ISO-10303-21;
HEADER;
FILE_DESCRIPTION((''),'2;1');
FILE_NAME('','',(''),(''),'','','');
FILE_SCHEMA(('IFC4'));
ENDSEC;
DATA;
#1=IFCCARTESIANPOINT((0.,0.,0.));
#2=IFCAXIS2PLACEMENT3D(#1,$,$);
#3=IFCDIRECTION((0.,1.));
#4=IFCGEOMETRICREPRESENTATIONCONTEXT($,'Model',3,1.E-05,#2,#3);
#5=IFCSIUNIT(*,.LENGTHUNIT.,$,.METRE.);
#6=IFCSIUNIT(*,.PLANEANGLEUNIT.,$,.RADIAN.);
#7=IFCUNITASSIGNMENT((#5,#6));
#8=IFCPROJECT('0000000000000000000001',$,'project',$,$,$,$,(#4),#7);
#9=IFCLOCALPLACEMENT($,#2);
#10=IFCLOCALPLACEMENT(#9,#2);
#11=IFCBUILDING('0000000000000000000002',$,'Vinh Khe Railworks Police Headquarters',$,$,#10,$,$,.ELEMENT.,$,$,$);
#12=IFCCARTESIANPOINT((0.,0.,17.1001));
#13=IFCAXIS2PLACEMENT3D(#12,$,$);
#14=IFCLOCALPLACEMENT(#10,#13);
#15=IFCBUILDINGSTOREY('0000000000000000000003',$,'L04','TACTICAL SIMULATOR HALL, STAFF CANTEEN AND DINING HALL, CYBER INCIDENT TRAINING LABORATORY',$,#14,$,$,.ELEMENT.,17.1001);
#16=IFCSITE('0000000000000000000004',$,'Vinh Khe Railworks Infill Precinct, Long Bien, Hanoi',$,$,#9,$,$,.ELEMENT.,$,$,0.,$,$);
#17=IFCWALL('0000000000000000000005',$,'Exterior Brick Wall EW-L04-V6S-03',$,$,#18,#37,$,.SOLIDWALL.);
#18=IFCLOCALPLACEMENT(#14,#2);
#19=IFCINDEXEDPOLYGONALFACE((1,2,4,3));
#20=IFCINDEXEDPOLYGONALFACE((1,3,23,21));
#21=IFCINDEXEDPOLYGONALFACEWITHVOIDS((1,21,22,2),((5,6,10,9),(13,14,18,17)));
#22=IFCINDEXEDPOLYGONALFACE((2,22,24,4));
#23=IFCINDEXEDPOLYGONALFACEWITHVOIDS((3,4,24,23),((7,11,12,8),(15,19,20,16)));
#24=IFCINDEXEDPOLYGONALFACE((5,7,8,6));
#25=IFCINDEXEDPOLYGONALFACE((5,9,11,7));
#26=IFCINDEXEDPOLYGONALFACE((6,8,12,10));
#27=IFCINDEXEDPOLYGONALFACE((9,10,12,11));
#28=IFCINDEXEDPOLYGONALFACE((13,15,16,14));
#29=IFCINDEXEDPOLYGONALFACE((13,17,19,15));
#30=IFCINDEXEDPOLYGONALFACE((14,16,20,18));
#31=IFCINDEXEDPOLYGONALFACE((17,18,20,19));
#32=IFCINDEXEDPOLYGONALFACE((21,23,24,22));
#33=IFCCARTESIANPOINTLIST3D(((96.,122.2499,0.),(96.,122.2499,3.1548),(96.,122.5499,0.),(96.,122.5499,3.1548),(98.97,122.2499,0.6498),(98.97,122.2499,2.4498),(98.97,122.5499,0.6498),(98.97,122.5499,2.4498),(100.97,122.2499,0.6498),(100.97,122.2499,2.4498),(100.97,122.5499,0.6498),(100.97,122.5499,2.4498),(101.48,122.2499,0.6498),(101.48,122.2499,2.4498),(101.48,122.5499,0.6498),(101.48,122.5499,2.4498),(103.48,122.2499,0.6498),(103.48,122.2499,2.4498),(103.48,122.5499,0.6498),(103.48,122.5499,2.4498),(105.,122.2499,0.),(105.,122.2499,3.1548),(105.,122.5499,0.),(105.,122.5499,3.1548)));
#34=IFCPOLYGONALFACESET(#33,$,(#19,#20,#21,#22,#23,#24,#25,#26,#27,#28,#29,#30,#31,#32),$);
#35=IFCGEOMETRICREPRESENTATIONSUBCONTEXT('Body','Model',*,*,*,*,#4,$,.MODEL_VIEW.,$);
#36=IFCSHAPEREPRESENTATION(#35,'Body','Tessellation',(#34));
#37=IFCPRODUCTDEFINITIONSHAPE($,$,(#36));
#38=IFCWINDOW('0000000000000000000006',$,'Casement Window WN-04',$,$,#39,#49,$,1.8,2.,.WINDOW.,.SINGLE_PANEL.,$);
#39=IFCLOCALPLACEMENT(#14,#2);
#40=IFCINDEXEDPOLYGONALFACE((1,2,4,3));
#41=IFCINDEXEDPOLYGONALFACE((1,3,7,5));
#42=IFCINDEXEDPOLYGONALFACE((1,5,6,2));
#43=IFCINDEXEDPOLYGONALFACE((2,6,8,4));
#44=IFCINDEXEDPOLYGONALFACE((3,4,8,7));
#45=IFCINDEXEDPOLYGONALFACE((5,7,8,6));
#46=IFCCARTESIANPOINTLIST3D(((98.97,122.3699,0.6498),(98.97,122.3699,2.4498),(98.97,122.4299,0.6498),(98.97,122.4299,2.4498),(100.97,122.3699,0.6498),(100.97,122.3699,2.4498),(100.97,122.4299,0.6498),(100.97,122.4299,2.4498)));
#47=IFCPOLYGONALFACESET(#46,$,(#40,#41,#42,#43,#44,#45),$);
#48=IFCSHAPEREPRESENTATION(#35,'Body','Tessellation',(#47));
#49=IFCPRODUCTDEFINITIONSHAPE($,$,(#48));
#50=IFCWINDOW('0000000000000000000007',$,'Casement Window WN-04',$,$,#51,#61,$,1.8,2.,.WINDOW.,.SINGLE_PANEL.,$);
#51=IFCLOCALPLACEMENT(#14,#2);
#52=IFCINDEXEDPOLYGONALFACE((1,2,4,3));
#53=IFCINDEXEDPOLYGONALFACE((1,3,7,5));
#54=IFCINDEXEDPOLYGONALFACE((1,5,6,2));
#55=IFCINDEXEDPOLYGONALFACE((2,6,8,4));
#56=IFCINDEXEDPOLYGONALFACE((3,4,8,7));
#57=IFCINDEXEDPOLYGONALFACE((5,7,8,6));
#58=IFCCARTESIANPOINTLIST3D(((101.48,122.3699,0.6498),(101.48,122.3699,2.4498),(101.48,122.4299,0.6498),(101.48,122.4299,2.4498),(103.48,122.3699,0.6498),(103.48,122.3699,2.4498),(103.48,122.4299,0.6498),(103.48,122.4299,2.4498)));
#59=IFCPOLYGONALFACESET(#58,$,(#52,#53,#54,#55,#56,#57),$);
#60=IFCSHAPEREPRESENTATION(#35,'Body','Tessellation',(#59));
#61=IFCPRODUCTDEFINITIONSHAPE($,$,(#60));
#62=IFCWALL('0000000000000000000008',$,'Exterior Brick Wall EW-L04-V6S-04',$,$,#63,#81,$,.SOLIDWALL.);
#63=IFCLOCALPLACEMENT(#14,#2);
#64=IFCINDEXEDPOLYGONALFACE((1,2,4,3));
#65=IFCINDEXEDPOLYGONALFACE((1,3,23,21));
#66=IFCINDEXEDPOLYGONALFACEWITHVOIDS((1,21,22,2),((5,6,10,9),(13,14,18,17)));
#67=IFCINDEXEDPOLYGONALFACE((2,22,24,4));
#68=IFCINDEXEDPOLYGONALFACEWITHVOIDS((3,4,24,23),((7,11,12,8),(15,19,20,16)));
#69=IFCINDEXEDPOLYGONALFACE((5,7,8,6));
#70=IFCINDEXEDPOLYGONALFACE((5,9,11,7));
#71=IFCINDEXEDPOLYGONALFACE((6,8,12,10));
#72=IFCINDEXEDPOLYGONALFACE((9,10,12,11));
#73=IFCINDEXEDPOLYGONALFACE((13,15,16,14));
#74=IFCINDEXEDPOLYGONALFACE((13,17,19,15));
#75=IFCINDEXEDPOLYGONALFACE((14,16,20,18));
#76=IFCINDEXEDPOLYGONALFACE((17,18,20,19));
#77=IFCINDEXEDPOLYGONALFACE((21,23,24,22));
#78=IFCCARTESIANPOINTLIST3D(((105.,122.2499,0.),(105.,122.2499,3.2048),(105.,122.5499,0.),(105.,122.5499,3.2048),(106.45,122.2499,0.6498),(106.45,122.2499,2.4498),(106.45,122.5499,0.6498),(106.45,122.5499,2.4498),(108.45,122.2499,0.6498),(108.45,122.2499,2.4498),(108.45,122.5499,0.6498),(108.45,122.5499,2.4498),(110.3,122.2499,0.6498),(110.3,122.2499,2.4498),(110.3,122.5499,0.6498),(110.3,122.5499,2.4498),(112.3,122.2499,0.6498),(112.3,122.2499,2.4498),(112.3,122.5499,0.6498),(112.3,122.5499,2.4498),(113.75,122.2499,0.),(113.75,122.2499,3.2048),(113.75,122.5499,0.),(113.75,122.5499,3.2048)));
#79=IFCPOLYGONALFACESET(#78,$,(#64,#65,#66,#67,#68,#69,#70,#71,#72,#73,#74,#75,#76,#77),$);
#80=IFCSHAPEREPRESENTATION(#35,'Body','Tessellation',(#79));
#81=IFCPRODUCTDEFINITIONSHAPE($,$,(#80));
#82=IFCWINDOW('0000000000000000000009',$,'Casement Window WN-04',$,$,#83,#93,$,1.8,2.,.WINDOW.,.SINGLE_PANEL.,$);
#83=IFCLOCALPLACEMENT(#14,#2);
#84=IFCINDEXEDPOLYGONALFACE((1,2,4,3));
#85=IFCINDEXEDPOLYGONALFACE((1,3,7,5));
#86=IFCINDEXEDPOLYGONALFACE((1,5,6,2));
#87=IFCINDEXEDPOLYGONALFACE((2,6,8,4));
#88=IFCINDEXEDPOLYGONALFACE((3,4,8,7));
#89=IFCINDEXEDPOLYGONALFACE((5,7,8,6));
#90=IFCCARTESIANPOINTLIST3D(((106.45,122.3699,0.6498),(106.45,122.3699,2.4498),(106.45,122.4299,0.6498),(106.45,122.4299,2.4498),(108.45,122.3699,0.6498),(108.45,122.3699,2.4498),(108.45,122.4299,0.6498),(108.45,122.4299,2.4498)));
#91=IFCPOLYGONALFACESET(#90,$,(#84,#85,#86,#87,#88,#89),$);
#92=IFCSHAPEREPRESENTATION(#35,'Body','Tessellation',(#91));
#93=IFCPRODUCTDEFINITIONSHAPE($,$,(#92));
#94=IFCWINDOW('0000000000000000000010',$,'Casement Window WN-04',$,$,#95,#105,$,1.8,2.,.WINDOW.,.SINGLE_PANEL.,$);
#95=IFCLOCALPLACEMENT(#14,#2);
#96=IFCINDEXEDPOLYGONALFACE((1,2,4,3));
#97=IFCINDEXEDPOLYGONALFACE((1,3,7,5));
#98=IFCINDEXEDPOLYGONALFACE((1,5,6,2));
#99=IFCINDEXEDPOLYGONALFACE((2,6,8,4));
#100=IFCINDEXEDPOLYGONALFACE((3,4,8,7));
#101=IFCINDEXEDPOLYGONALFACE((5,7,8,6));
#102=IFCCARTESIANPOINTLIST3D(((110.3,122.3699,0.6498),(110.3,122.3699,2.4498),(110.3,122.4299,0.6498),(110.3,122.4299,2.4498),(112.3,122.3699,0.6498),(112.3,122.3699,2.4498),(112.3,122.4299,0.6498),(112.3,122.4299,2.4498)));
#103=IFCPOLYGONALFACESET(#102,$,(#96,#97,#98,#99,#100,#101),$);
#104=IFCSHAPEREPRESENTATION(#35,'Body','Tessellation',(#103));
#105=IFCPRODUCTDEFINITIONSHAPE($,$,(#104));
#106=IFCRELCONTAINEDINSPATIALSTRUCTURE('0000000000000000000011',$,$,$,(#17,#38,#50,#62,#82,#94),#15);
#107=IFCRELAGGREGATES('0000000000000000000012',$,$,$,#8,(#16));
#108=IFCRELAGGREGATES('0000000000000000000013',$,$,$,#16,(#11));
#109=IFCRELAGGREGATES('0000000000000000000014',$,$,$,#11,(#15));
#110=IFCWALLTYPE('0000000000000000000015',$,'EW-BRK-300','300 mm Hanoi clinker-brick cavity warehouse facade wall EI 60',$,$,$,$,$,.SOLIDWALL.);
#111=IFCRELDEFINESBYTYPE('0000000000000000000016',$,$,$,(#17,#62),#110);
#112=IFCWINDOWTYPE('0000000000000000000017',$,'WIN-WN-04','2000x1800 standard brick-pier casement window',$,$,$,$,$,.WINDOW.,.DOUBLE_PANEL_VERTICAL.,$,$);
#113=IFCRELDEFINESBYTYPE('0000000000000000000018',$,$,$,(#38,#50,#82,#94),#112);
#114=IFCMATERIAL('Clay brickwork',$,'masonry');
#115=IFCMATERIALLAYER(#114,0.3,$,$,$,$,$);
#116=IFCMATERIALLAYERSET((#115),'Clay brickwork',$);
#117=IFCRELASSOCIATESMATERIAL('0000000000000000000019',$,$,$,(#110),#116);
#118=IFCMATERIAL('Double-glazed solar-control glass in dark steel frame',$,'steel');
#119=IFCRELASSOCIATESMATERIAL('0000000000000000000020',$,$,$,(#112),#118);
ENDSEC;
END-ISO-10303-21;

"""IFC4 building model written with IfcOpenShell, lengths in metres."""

from ifc_helpers import new_model, si_unit, direction, frame, frame_2d, origin, place, context, subcontext, project, spatial, rectangle, extrude, material, layer, layer_set, type_object, element, fill, save


model = new_model("IFC4")

# Units and contexts
model_context = context("Model", 3, precision=1e-05, world=origin(), true_north=direction((0.0, 1.0)))
body_context = subcontext(model_context, "Body", "Model", "MODEL_VIEW")
ifc_project = project(units=[si_unit("LENGTHUNIT", "METRE"), si_unit("PLANEANGLEUNIT", "RADIAN")], contexts=[model_context])

# Site, building, storey
site_placement = place(None, origin())
site = spatial("IfcSite", under=ifc_project, at=site_placement, Name="Vinh Khe Railworks Infill Precinct, Long Bien, Hanoi", CompositionType="ELEMENT", RefElevation=0.0)
building_placement = place(site_placement, origin())
building = spatial("IfcBuilding", under=site, at=building_placement, Name="Vinh Khe Railworks Police Headquarters", CompositionType="ELEMENT")
storey_placement = place(building_placement, frame((0.0, 0.0, 17.1001)))
storey = spatial("IfcBuildingStorey", under=building, at=storey_placement, Name="L04", Description="TACTICAL SIMULATOR HALL, STAFF CANTEEN AND DINING HALL, CYBER INCIDENT TRAINING LABORATORY", CompositionType="ELEMENT", Elevation=17.1001)

# Walls, openings, windows
ifc_material_1 = material(Name="Clay brickwork", Category="masonry")
ifc_layer = layer(ifc_material_1, 0.3)
ifc_layer_set = layer_set([ifc_layer], Name="Clay brickwork")
wall_type = type_object("IfcWallType", Name="EW-BRK-300", Description="300 mm Hanoi clinker-brick cavity warehouse facade wall EI 60", PredefinedType="SOLIDWALL", material=ifc_layer_set)
ifc_material_2 = material(Name="Double-glazed solar-control glass in dark steel frame", Category="steel")
window_type = type_object("IfcWindowType", Name="WIN-WN-04", Description="2000x1800 standard brick-pier casement window", PartitioningType="DOUBLE_PANEL_VERTICAL", PredefinedType="WINDOW", material=ifc_material_2)
wall_1_placement = place(storey_placement, frame((96.0, 122.3999, 0.0), z_axis=(0.0, 0.0, 1.0), x_axis=(1.0, 0.0, 0.0)))
wall_1 = element("IfcWall", 1, at=wall_1_placement, inside=storey, type_object=wall_type, Name="Exterior Brick Wall EW-L04-V6S-03", PredefinedType="SOLIDWALL", context=body_context, shape_type="SweptSolid", body=[
    extrude(rectangle(XDim=9.0, YDim=0.3, at=frame_2d((4.5, 0.0))), origin(), (0.0, 0.0, 1.0), 3.1548),
])
opening_1_placement = place(wall_1_placement, frame((2.97, 0.0, 0.6499)))
opening_1 = element("IfcOpeningElement", 2, at=opening_1_placement, cuts=wall_1, PredefinedType="OPENING", context=body_context, shape_type="SweptSolid", body=[
    extrude(rectangle(XDim=2.0, YDim=1.8, at=frame_2d((1.0, 0.8999))), frame((0.0, 0.165, 0.0), z_axis=(0.0, -1.0, 0.0), x_axis=(1.0, 0.0, 0.0)), (0.0, 0.0, 1.0), 0.3298),
])
opening_2_placement = place(wall_1_placement, frame((5.48, 0.0, 0.6499)))
opening_2 = element("IfcOpeningElement", 3, at=opening_2_placement, cuts=wall_1, PredefinedType="OPENING", context=body_context, shape_type="SweptSolid", body=[
    extrude(rectangle(XDim=2.0, YDim=1.8, at=frame_2d((1.0, 0.8999))), frame((0.0, 0.165, 0.0), z_axis=(0.0, -1.0, 0.0), x_axis=(1.0, 0.0, 0.0)), (0.0, 0.0, 1.0), 0.3298),
])
window_1_placement = place(opening_1_placement, origin())
window_1 = element("IfcWindow", 4, at=window_1_placement, inside=storey, type_object=window_type, Name="Casement Window WN-04", OverallHeight=1.8, OverallWidth=2.0, PartitioningType="SINGLE_PANEL", PredefinedType="WINDOW", context=body_context, shape_type="SweptSolid", body=[
    extrude(rectangle(XDim=2.0, YDim=1.8, at=frame_2d((1.0, 0.8999))), frame((0.0, 0.03, 0.0), z_axis=(0.0, -1.0, 0.0), x_axis=(1.0, 0.0, 0.0)), (0.0, 0.0, 1.0), 0.0601),
])
fill(opening_1, window_1)
window_2_placement = place(opening_2_placement, origin())
window_2 = element("IfcWindow", 5, at=window_2_placement, inside=storey, type_object=window_type, Name="Casement Window WN-04", OverallHeight=1.8, OverallWidth=2.0, PartitioningType="SINGLE_PANEL", PredefinedType="WINDOW", context=body_context, shape_type="SweptSolid", body=[
    extrude(rectangle(XDim=2.0, YDim=1.8, at=frame_2d((1.0, 0.8999))), frame((0.0, 0.03, 0.0), z_axis=(0.0, -1.0, 0.0), x_axis=(1.0, 0.0, 0.0)), (0.0, 0.0, 1.0), 0.0601),
])
fill(opening_2, window_2)
wall_2_placement = place(storey_placement, frame((105.0, 122.3999, 0.0), z_axis=(0.0, 0.0, 1.0), x_axis=(1.0, 0.0, 0.0)))
wall_2 = element("IfcWall", 6, at=wall_2_placement, inside=storey, type_object=wall_type, Name="Exterior Brick Wall EW-L04-V6S-04", PredefinedType="SOLIDWALL", context=body_context, shape_type="SweptSolid", body=[
    extrude(rectangle(XDim=8.75, YDim=0.3, at=frame_2d((4.375, 0.0))), origin(), (0.0, 0.0, 1.0), 3.2048),
])
opening_3_placement = place(wall_2_placement, frame((1.45, 0.0, 0.6499)))
opening_3 = element("IfcOpeningElement", 7, at=opening_3_placement, cuts=wall_2, PredefinedType="OPENING", context=body_context, shape_type="SweptSolid", body=[
    extrude(rectangle(XDim=2.0, YDim=1.8, at=frame_2d((1.0, 0.8999))), frame((0.0, 0.165, 0.0), z_axis=(0.0, -1.0, 0.0), x_axis=(1.0, 0.0, 0.0)), (0.0, 0.0, 1.0), 0.3298),
])
opening_4_placement = place(wall_2_placement, frame((5.3, 0.0, 0.6499)))
opening_4 = element("IfcOpeningElement", 8, at=opening_4_placement, cuts=wall_2, PredefinedType="OPENING", context=body_context, shape_type="SweptSolid", body=[
    extrude(rectangle(XDim=2.0, YDim=1.8, at=frame_2d((1.0, 0.8999))), frame((0.0, 0.165, 0.0), z_axis=(0.0, -1.0, 0.0), x_axis=(1.0, 0.0, 0.0)), (0.0, 0.0, 1.0), 0.3298),
])
window_3_placement = place(opening_3_placement, origin())
window_3 = element("IfcWindow", 9, at=window_3_placement, inside=storey, type_object=window_type, Name="Casement Window WN-04", OverallHeight=1.8, OverallWidth=2.0, PartitioningType="SINGLE_PANEL", PredefinedType="WINDOW", context=body_context, shape_type="SweptSolid", body=[
    extrude(rectangle(XDim=2.0, YDim=1.8, at=frame_2d((1.0, 0.8999))), frame((0.0, 0.03, 0.0), z_axis=(0.0, -1.0, 0.0), x_axis=(1.0, 0.0, 0.0)), (0.0, 0.0, 1.0), 0.0601),
])
fill(opening_3, window_3)
window_4_placement = place(opening_4_placement, origin())
window_4 = element("IfcWindow", 10, at=window_4_placement, inside=storey, type_object=window_type, Name="Casement Window WN-04", OverallHeight=1.8, OverallWidth=2.0, PartitioningType="SINGLE_PANEL", PredefinedType="WINDOW", context=body_context, shape_type="SweptSolid", body=[
    extrude(rectangle(XDim=2.0, YDim=1.8, at=frame_2d((1.0, 0.8999))), frame((0.0, 0.03, 0.0), z_axis=(0.0, -1.0, 0.0), x_axis=(1.0, 0.0, 0.0)), (0.0, 0.0, 1.0), 0.0601),
])
fill(opening_4, window_4)

save(model, "model.ifc")
